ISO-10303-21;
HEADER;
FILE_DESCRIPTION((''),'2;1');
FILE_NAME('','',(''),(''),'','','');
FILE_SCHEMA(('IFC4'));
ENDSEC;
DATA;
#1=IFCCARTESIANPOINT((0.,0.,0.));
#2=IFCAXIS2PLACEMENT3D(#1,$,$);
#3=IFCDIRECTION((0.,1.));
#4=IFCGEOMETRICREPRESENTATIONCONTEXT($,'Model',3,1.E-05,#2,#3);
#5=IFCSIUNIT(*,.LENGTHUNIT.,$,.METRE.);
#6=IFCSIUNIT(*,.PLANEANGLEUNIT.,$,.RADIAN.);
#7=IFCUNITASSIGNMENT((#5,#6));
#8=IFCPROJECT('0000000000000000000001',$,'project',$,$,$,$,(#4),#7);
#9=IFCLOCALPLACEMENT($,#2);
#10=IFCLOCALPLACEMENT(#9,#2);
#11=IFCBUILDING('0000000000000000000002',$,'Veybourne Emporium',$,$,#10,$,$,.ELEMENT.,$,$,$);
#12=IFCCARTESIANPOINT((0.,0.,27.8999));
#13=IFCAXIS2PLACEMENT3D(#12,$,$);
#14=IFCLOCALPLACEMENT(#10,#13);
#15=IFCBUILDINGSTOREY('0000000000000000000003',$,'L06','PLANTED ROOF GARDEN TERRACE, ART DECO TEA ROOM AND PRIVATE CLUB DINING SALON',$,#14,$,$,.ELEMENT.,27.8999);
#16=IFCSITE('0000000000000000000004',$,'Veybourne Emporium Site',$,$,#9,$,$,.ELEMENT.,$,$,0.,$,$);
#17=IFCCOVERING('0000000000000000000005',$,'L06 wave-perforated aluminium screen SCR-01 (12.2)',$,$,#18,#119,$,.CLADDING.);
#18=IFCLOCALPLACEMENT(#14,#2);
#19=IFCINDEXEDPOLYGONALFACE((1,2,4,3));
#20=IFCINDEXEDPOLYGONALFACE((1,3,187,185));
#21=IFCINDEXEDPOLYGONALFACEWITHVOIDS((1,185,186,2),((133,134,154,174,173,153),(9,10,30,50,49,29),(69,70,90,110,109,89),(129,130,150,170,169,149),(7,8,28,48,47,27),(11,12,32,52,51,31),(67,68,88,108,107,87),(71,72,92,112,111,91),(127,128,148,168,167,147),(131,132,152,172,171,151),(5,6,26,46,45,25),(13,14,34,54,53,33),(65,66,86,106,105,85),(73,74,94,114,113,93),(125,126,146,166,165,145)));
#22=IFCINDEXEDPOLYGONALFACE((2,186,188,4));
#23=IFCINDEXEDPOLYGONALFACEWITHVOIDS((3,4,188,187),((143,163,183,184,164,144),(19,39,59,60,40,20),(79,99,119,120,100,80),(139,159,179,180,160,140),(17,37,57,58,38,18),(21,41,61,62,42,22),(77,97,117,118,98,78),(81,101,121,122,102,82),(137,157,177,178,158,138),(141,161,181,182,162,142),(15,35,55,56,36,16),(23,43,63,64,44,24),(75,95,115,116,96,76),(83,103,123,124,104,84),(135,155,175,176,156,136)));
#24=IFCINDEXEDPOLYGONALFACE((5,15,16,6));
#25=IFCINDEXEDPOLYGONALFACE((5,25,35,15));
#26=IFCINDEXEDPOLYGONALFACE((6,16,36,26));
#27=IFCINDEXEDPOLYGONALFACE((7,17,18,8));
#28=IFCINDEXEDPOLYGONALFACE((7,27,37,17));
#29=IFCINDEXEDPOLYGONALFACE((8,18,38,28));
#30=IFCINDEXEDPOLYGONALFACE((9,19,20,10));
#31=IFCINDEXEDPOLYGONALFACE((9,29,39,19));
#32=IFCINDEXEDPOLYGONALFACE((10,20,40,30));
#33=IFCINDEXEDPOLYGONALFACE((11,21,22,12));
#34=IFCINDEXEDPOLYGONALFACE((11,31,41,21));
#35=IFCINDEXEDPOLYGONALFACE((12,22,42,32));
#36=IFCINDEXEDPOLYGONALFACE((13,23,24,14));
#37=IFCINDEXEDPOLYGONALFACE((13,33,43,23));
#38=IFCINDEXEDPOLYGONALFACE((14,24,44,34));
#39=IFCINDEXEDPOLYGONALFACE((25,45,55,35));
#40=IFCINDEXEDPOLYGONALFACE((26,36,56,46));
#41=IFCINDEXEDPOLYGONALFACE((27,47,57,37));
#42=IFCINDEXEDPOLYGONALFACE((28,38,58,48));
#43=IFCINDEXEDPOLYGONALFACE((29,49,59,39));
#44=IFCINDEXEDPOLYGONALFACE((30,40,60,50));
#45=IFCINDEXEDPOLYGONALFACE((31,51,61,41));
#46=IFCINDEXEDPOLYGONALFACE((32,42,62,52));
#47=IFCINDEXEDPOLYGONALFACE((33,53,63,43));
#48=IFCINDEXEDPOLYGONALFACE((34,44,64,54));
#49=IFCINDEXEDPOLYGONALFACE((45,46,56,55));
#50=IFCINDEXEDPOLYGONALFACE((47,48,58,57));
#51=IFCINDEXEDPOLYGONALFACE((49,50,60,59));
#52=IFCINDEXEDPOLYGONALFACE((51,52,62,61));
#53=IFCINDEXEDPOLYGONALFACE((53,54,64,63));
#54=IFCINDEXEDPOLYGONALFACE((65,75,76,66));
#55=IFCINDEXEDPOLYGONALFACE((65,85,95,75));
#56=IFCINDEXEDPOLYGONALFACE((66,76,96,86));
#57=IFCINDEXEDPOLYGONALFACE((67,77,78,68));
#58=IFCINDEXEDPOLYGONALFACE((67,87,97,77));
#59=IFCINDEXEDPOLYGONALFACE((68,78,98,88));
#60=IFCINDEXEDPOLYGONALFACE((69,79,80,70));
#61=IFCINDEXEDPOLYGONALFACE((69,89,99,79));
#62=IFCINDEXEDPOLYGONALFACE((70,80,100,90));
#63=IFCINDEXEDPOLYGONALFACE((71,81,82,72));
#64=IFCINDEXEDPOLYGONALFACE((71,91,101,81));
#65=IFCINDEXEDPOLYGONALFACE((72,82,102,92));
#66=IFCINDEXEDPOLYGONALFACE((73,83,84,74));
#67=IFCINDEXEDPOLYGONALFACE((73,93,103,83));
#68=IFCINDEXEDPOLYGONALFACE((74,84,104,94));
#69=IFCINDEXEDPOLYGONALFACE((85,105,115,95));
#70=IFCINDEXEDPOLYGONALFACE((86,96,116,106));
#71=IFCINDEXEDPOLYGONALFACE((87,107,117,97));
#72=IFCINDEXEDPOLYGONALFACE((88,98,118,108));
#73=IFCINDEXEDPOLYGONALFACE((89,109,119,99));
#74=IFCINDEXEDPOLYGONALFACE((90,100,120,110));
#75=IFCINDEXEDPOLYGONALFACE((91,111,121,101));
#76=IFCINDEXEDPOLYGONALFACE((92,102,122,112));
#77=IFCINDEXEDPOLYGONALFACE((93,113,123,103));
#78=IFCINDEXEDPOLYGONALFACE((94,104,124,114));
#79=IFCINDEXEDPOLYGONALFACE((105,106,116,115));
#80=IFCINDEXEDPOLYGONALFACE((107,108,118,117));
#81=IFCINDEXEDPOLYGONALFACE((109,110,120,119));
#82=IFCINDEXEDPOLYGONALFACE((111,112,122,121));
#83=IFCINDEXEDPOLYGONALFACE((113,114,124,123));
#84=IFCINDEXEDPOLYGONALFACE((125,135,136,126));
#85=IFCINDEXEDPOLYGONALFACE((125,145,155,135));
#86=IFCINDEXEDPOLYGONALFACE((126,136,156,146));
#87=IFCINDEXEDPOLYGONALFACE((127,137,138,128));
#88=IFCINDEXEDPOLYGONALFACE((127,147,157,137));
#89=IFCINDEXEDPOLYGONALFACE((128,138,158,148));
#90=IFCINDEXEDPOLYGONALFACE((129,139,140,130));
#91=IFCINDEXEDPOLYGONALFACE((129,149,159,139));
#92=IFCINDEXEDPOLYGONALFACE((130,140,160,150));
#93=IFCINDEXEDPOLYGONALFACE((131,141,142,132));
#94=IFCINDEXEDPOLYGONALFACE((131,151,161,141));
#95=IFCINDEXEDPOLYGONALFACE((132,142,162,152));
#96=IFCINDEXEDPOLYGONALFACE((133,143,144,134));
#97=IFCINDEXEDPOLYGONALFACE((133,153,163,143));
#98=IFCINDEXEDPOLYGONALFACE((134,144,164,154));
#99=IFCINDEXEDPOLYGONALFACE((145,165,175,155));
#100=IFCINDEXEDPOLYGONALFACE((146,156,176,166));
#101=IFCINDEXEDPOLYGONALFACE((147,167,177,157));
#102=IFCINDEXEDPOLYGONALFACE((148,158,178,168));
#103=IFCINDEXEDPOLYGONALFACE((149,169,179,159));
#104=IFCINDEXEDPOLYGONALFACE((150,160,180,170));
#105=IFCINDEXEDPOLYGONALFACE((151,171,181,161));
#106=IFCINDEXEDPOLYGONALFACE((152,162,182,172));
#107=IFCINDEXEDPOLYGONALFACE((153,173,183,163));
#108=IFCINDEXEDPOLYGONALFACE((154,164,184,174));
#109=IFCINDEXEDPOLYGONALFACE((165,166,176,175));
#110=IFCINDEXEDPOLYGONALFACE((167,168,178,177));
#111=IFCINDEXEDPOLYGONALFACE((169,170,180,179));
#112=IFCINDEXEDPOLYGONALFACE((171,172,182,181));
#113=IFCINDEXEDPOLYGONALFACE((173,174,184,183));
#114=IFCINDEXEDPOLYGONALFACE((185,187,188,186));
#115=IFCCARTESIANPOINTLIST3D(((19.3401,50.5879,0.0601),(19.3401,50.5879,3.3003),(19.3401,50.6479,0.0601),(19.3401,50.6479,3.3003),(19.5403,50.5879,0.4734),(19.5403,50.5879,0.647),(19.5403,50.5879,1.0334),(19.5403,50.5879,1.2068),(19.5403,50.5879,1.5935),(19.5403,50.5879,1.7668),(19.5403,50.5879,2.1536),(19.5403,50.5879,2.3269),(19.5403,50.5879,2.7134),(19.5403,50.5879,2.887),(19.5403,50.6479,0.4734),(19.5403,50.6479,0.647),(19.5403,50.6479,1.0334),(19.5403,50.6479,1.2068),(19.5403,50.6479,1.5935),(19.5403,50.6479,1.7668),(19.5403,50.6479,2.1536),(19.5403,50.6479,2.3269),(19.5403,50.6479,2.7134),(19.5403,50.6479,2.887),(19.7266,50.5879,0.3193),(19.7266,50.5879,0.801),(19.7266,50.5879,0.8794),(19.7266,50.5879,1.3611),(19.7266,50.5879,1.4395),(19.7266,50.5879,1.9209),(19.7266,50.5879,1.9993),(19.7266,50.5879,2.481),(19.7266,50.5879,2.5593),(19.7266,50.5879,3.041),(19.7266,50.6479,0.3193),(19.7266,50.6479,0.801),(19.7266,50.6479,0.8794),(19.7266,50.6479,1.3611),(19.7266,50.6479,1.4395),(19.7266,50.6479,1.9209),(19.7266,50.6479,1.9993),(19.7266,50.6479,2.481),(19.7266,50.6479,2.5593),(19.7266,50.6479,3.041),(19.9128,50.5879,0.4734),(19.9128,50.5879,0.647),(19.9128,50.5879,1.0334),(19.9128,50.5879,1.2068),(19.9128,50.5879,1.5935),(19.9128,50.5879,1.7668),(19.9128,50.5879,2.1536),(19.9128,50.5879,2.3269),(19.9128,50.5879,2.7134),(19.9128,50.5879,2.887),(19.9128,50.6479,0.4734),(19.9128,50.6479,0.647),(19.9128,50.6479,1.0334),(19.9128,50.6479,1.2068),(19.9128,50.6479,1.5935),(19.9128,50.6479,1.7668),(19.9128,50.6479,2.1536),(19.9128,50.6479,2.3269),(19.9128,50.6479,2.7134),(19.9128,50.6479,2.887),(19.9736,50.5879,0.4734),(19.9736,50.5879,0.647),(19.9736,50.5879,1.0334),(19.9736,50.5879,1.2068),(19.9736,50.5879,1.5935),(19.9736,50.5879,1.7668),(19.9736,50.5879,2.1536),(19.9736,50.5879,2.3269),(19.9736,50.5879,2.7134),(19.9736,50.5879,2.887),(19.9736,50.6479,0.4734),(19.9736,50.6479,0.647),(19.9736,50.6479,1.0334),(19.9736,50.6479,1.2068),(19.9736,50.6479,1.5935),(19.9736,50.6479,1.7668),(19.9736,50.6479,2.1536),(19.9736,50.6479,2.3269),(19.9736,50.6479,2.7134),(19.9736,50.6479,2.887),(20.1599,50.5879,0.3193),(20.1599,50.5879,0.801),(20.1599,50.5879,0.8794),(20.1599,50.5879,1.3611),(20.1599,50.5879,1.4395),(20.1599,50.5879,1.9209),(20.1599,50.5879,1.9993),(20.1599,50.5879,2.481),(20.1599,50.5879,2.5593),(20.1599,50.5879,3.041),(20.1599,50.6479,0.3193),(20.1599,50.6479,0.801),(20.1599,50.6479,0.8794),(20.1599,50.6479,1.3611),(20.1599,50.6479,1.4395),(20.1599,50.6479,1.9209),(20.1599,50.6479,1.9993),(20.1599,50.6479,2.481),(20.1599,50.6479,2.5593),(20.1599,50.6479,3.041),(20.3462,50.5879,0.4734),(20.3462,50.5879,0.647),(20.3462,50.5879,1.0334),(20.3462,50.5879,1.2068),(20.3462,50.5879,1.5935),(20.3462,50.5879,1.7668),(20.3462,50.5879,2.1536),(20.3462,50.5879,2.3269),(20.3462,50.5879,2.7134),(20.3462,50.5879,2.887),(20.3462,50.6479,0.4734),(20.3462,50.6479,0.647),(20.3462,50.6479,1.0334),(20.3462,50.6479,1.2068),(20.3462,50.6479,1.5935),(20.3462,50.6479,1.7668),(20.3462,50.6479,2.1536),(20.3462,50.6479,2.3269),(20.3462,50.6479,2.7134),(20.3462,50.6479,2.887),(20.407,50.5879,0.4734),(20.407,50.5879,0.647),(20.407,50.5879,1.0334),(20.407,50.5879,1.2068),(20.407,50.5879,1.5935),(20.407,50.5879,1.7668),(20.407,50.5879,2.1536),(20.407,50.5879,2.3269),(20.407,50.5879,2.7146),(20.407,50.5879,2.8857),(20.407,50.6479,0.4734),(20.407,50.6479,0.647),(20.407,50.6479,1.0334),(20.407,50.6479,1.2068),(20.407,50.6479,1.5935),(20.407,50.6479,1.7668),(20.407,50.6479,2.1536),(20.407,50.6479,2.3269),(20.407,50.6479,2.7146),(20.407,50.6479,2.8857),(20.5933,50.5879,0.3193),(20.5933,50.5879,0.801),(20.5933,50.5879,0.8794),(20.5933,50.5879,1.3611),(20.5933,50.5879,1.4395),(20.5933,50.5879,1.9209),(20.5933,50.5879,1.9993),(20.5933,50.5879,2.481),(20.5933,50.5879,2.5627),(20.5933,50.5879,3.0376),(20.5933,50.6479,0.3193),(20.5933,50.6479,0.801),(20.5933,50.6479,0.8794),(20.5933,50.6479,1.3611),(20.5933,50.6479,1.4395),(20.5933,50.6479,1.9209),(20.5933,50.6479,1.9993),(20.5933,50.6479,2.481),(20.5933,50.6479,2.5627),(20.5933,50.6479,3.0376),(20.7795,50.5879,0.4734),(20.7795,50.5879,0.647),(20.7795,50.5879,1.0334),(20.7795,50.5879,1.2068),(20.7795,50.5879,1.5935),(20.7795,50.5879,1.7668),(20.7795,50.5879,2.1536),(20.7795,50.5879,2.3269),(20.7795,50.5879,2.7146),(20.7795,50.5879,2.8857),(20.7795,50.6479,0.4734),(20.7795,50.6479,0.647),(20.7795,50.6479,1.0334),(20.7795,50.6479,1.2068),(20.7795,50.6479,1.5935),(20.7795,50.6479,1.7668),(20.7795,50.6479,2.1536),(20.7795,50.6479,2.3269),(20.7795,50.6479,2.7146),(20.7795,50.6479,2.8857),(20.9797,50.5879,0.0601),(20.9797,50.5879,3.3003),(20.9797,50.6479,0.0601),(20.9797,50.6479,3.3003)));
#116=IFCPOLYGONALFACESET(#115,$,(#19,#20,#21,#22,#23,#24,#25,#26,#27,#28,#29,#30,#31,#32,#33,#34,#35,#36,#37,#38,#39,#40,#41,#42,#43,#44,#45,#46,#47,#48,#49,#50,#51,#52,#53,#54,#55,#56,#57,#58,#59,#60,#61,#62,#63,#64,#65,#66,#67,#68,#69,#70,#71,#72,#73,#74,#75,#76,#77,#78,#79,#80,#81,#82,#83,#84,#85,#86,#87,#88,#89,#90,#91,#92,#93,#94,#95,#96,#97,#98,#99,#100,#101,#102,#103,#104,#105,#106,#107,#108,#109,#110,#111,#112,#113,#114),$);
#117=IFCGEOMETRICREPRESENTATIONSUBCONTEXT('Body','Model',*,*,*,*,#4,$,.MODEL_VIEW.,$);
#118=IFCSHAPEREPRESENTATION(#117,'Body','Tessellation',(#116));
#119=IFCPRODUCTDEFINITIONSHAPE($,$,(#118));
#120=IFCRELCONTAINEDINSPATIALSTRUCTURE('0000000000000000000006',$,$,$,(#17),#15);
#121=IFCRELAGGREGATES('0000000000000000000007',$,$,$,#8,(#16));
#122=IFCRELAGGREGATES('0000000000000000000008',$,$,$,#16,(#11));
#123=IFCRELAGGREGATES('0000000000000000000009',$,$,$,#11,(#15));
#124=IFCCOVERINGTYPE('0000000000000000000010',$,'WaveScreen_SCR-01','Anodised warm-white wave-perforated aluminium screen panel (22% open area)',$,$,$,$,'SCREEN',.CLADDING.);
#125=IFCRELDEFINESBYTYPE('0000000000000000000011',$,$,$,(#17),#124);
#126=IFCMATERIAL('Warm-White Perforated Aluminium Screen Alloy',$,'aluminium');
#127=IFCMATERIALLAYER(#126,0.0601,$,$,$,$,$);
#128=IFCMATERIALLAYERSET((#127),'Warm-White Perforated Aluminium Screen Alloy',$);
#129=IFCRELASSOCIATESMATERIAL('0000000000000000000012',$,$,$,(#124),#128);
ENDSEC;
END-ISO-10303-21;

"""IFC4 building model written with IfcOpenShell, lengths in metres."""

from ifc_helpers import new_model, si_unit, direction, frame, origin, place, context, subcontext, project, spatial, polyline, outline, extrude, material, layer, layer_set, type_object, element, save


model = new_model("IFC4")

# Units and contexts
model_context = context("Model", 3, precision=1e-05, world=origin(), true_north=direction((0.0, 1.0)))
body_context = subcontext(model_context, "Body", "Model", "MODEL_VIEW")
ifc_project = project(units=[si_unit("LENGTHUNIT", "METRE"), si_unit("PLANEANGLEUNIT", "RADIAN")], contexts=[model_context])

# Site, building, storey
site_placement = place(None, origin())
site = spatial("IfcSite", under=ifc_project, at=site_placement, Name="Veybourne Emporium Site", CompositionType="ELEMENT", RefElevation=0.0)
building_placement = place(site_placement, origin())
building = spatial("IfcBuilding", under=site, at=building_placement, Name="Veybourne Emporium", CompositionType="ELEMENT")
storey_placement = place(building_placement, frame((0.0, 0.0, 27.8999)))
storey = spatial("IfcBuildingStorey", under=building, at=storey_placement, Name="L06", Description="PLANTED ROOF GARDEN TERRACE, ART DECO TEA ROOM AND PRIVATE CLUB DINING SALON", CompositionType="ELEMENT", Elevation=27.8999)

# Covering
ifc_material_1 = material(Name="Warm-White Perforated Aluminium Screen Alloy", Category="aluminium")
ifc_layer_1 = layer(ifc_material_1, 0.0601)
ifc_layer_set_1 = layer_set([ifc_layer_1], Name="Warm-White Perforated Aluminium Screen Alloy")
covering_type_1 = type_object("IfcCoveringType", Name="WaveScreen_SCR-01", Description="Anodised warm-white wave-perforated aluminium screen panel (22% open area)", ElementType="SCREEN", PredefinedType="CLADDING", material=ifc_layer_set_1)
covering_1_placement = place(storey_placement, frame((20.1599, 50.6479, 1.6802), z_axis=(0.0, -1.0, 0.0), x_axis=(1.0, 0.0, 0.0)))
element("IfcCovering", 1, at=covering_1_placement, inside=storey, type_object=covering_type_1, Name="L06 wave-perforated aluminium screen SCR-01 (12.2)", PredefinedType="CLADDING", context=body_context, shape_type="SweptSolid", body=[
    extrude(outline(polyline([(-0.8198, -1.6201), (0.8198, -1.6201), (0.8198, 1.6201), (-0.8198, 1.6201), (-0.8198, -1.6201)]), holes=[polyline([(-0.4333, -0.8792), (-0.2471, -1.0332), (-0.2471, -1.2068), (-0.4333, -1.3608), (-0.6196, -1.2068), (-0.6196, -1.0332), (-0.4333, -0.8792)]), polyline([(-0.4333, -0.3191), (-0.2471, -0.4734), (-0.2471, -0.6467), (-0.4333, -0.8008), (-0.6196, -0.6467), (-0.6196, -0.4734), (-0.4333, -0.3191)]), polyline([(-0.4333, 0.2407), (-0.2471, 0.0867), (-0.2471, -0.0867), (-0.4333, -0.2407), (-0.6196, -0.0867), (-0.6196, 0.0867), (-0.4333, 0.2407)]), polyline([(-0.4333, 0.8008), (-0.2471, 0.6467), (-0.2471, 0.4734), (-0.4333, 0.3191), (-0.6196, 0.4734), (-0.6196, 0.6467), (-0.4333, 0.8008)]), polyline([(-0.4333, 1.3608), (-0.2471, 1.2068), (-0.2471, 1.0332), (-0.4333, 0.8792), (-0.6196, 1.0332), (-0.6196, 1.2068), (-0.4333, 1.3608)]), polyline([(0.0, -0.8792), (0.1863, -1.0332), (0.1863, -1.2068), (0.0, -1.3608), (-0.1863, -1.2068), (-0.1863, -1.0332), (0.0, -0.8792)]), polyline([(0.0, -0.3191), (0.1863, -0.4734), (0.1863, -0.6467), (0.0, -0.8008), (-0.1863, -0.6467), (-0.1863, -0.4734), (0.0, -0.3191)]), polyline([(0.0, 0.2407), (0.1863, 0.0867), (0.1863, -0.0867), (0.0, -0.2407), (-0.1863, -0.0867), (-0.1863, 0.0867), (0.0, 0.2407)]), polyline([(0.0, 0.8008), (0.1863, 0.6467), (0.1863, 0.4734), (0.0, 0.3191), (-0.1863, 0.4734), (-0.1863, 0.6467), (0.0, 0.8008)]), polyline([(0.0, 1.3608), (0.1863, 1.2068), (0.1863, 1.0332), (0.0, 0.8792), (-0.1863, 1.0332), (-0.1863, 1.2068), (0.0, 1.3608)]), polyline([(0.4333, -0.8792), (0.6196, -1.0332), (0.6196, -1.2068), (0.4333, -1.3608), (0.2471, -1.2068), (0.2471, -1.0332), (0.4333, -0.8792)]), polyline([(0.4333, -0.3191), (0.6196, -0.4734), (0.6196, -0.6467), (0.4333, -0.8008), (0.2471, -0.6467), (0.2471, -0.4734), (0.4333, -0.3191)]), polyline([(0.4333, 0.2407), (0.6196, 0.0867), (0.6196, -0.0867), (0.4333, -0.2407), (0.2471, -0.0867), (0.2471, 0.0867), (0.4333, 0.2407)]), polyline([(0.4333, 0.8008), (0.6196, 0.6467), (0.6196, 0.4734), (0.4333, 0.3191), (0.2471, 0.4734), (0.2471, 0.6467), (0.4333, 0.8008)]), polyline([(0.4333, 1.3574), (0.6196, 1.2056), (0.6196, 1.0344), (0.4333, 0.8826), (0.2471, 1.0344), (0.2471, 1.2056), (0.4333, 1.3574)])]), origin(), (0.0, 0.0, 1.0), 0.0601),
])

save(model, "model.ifc")
